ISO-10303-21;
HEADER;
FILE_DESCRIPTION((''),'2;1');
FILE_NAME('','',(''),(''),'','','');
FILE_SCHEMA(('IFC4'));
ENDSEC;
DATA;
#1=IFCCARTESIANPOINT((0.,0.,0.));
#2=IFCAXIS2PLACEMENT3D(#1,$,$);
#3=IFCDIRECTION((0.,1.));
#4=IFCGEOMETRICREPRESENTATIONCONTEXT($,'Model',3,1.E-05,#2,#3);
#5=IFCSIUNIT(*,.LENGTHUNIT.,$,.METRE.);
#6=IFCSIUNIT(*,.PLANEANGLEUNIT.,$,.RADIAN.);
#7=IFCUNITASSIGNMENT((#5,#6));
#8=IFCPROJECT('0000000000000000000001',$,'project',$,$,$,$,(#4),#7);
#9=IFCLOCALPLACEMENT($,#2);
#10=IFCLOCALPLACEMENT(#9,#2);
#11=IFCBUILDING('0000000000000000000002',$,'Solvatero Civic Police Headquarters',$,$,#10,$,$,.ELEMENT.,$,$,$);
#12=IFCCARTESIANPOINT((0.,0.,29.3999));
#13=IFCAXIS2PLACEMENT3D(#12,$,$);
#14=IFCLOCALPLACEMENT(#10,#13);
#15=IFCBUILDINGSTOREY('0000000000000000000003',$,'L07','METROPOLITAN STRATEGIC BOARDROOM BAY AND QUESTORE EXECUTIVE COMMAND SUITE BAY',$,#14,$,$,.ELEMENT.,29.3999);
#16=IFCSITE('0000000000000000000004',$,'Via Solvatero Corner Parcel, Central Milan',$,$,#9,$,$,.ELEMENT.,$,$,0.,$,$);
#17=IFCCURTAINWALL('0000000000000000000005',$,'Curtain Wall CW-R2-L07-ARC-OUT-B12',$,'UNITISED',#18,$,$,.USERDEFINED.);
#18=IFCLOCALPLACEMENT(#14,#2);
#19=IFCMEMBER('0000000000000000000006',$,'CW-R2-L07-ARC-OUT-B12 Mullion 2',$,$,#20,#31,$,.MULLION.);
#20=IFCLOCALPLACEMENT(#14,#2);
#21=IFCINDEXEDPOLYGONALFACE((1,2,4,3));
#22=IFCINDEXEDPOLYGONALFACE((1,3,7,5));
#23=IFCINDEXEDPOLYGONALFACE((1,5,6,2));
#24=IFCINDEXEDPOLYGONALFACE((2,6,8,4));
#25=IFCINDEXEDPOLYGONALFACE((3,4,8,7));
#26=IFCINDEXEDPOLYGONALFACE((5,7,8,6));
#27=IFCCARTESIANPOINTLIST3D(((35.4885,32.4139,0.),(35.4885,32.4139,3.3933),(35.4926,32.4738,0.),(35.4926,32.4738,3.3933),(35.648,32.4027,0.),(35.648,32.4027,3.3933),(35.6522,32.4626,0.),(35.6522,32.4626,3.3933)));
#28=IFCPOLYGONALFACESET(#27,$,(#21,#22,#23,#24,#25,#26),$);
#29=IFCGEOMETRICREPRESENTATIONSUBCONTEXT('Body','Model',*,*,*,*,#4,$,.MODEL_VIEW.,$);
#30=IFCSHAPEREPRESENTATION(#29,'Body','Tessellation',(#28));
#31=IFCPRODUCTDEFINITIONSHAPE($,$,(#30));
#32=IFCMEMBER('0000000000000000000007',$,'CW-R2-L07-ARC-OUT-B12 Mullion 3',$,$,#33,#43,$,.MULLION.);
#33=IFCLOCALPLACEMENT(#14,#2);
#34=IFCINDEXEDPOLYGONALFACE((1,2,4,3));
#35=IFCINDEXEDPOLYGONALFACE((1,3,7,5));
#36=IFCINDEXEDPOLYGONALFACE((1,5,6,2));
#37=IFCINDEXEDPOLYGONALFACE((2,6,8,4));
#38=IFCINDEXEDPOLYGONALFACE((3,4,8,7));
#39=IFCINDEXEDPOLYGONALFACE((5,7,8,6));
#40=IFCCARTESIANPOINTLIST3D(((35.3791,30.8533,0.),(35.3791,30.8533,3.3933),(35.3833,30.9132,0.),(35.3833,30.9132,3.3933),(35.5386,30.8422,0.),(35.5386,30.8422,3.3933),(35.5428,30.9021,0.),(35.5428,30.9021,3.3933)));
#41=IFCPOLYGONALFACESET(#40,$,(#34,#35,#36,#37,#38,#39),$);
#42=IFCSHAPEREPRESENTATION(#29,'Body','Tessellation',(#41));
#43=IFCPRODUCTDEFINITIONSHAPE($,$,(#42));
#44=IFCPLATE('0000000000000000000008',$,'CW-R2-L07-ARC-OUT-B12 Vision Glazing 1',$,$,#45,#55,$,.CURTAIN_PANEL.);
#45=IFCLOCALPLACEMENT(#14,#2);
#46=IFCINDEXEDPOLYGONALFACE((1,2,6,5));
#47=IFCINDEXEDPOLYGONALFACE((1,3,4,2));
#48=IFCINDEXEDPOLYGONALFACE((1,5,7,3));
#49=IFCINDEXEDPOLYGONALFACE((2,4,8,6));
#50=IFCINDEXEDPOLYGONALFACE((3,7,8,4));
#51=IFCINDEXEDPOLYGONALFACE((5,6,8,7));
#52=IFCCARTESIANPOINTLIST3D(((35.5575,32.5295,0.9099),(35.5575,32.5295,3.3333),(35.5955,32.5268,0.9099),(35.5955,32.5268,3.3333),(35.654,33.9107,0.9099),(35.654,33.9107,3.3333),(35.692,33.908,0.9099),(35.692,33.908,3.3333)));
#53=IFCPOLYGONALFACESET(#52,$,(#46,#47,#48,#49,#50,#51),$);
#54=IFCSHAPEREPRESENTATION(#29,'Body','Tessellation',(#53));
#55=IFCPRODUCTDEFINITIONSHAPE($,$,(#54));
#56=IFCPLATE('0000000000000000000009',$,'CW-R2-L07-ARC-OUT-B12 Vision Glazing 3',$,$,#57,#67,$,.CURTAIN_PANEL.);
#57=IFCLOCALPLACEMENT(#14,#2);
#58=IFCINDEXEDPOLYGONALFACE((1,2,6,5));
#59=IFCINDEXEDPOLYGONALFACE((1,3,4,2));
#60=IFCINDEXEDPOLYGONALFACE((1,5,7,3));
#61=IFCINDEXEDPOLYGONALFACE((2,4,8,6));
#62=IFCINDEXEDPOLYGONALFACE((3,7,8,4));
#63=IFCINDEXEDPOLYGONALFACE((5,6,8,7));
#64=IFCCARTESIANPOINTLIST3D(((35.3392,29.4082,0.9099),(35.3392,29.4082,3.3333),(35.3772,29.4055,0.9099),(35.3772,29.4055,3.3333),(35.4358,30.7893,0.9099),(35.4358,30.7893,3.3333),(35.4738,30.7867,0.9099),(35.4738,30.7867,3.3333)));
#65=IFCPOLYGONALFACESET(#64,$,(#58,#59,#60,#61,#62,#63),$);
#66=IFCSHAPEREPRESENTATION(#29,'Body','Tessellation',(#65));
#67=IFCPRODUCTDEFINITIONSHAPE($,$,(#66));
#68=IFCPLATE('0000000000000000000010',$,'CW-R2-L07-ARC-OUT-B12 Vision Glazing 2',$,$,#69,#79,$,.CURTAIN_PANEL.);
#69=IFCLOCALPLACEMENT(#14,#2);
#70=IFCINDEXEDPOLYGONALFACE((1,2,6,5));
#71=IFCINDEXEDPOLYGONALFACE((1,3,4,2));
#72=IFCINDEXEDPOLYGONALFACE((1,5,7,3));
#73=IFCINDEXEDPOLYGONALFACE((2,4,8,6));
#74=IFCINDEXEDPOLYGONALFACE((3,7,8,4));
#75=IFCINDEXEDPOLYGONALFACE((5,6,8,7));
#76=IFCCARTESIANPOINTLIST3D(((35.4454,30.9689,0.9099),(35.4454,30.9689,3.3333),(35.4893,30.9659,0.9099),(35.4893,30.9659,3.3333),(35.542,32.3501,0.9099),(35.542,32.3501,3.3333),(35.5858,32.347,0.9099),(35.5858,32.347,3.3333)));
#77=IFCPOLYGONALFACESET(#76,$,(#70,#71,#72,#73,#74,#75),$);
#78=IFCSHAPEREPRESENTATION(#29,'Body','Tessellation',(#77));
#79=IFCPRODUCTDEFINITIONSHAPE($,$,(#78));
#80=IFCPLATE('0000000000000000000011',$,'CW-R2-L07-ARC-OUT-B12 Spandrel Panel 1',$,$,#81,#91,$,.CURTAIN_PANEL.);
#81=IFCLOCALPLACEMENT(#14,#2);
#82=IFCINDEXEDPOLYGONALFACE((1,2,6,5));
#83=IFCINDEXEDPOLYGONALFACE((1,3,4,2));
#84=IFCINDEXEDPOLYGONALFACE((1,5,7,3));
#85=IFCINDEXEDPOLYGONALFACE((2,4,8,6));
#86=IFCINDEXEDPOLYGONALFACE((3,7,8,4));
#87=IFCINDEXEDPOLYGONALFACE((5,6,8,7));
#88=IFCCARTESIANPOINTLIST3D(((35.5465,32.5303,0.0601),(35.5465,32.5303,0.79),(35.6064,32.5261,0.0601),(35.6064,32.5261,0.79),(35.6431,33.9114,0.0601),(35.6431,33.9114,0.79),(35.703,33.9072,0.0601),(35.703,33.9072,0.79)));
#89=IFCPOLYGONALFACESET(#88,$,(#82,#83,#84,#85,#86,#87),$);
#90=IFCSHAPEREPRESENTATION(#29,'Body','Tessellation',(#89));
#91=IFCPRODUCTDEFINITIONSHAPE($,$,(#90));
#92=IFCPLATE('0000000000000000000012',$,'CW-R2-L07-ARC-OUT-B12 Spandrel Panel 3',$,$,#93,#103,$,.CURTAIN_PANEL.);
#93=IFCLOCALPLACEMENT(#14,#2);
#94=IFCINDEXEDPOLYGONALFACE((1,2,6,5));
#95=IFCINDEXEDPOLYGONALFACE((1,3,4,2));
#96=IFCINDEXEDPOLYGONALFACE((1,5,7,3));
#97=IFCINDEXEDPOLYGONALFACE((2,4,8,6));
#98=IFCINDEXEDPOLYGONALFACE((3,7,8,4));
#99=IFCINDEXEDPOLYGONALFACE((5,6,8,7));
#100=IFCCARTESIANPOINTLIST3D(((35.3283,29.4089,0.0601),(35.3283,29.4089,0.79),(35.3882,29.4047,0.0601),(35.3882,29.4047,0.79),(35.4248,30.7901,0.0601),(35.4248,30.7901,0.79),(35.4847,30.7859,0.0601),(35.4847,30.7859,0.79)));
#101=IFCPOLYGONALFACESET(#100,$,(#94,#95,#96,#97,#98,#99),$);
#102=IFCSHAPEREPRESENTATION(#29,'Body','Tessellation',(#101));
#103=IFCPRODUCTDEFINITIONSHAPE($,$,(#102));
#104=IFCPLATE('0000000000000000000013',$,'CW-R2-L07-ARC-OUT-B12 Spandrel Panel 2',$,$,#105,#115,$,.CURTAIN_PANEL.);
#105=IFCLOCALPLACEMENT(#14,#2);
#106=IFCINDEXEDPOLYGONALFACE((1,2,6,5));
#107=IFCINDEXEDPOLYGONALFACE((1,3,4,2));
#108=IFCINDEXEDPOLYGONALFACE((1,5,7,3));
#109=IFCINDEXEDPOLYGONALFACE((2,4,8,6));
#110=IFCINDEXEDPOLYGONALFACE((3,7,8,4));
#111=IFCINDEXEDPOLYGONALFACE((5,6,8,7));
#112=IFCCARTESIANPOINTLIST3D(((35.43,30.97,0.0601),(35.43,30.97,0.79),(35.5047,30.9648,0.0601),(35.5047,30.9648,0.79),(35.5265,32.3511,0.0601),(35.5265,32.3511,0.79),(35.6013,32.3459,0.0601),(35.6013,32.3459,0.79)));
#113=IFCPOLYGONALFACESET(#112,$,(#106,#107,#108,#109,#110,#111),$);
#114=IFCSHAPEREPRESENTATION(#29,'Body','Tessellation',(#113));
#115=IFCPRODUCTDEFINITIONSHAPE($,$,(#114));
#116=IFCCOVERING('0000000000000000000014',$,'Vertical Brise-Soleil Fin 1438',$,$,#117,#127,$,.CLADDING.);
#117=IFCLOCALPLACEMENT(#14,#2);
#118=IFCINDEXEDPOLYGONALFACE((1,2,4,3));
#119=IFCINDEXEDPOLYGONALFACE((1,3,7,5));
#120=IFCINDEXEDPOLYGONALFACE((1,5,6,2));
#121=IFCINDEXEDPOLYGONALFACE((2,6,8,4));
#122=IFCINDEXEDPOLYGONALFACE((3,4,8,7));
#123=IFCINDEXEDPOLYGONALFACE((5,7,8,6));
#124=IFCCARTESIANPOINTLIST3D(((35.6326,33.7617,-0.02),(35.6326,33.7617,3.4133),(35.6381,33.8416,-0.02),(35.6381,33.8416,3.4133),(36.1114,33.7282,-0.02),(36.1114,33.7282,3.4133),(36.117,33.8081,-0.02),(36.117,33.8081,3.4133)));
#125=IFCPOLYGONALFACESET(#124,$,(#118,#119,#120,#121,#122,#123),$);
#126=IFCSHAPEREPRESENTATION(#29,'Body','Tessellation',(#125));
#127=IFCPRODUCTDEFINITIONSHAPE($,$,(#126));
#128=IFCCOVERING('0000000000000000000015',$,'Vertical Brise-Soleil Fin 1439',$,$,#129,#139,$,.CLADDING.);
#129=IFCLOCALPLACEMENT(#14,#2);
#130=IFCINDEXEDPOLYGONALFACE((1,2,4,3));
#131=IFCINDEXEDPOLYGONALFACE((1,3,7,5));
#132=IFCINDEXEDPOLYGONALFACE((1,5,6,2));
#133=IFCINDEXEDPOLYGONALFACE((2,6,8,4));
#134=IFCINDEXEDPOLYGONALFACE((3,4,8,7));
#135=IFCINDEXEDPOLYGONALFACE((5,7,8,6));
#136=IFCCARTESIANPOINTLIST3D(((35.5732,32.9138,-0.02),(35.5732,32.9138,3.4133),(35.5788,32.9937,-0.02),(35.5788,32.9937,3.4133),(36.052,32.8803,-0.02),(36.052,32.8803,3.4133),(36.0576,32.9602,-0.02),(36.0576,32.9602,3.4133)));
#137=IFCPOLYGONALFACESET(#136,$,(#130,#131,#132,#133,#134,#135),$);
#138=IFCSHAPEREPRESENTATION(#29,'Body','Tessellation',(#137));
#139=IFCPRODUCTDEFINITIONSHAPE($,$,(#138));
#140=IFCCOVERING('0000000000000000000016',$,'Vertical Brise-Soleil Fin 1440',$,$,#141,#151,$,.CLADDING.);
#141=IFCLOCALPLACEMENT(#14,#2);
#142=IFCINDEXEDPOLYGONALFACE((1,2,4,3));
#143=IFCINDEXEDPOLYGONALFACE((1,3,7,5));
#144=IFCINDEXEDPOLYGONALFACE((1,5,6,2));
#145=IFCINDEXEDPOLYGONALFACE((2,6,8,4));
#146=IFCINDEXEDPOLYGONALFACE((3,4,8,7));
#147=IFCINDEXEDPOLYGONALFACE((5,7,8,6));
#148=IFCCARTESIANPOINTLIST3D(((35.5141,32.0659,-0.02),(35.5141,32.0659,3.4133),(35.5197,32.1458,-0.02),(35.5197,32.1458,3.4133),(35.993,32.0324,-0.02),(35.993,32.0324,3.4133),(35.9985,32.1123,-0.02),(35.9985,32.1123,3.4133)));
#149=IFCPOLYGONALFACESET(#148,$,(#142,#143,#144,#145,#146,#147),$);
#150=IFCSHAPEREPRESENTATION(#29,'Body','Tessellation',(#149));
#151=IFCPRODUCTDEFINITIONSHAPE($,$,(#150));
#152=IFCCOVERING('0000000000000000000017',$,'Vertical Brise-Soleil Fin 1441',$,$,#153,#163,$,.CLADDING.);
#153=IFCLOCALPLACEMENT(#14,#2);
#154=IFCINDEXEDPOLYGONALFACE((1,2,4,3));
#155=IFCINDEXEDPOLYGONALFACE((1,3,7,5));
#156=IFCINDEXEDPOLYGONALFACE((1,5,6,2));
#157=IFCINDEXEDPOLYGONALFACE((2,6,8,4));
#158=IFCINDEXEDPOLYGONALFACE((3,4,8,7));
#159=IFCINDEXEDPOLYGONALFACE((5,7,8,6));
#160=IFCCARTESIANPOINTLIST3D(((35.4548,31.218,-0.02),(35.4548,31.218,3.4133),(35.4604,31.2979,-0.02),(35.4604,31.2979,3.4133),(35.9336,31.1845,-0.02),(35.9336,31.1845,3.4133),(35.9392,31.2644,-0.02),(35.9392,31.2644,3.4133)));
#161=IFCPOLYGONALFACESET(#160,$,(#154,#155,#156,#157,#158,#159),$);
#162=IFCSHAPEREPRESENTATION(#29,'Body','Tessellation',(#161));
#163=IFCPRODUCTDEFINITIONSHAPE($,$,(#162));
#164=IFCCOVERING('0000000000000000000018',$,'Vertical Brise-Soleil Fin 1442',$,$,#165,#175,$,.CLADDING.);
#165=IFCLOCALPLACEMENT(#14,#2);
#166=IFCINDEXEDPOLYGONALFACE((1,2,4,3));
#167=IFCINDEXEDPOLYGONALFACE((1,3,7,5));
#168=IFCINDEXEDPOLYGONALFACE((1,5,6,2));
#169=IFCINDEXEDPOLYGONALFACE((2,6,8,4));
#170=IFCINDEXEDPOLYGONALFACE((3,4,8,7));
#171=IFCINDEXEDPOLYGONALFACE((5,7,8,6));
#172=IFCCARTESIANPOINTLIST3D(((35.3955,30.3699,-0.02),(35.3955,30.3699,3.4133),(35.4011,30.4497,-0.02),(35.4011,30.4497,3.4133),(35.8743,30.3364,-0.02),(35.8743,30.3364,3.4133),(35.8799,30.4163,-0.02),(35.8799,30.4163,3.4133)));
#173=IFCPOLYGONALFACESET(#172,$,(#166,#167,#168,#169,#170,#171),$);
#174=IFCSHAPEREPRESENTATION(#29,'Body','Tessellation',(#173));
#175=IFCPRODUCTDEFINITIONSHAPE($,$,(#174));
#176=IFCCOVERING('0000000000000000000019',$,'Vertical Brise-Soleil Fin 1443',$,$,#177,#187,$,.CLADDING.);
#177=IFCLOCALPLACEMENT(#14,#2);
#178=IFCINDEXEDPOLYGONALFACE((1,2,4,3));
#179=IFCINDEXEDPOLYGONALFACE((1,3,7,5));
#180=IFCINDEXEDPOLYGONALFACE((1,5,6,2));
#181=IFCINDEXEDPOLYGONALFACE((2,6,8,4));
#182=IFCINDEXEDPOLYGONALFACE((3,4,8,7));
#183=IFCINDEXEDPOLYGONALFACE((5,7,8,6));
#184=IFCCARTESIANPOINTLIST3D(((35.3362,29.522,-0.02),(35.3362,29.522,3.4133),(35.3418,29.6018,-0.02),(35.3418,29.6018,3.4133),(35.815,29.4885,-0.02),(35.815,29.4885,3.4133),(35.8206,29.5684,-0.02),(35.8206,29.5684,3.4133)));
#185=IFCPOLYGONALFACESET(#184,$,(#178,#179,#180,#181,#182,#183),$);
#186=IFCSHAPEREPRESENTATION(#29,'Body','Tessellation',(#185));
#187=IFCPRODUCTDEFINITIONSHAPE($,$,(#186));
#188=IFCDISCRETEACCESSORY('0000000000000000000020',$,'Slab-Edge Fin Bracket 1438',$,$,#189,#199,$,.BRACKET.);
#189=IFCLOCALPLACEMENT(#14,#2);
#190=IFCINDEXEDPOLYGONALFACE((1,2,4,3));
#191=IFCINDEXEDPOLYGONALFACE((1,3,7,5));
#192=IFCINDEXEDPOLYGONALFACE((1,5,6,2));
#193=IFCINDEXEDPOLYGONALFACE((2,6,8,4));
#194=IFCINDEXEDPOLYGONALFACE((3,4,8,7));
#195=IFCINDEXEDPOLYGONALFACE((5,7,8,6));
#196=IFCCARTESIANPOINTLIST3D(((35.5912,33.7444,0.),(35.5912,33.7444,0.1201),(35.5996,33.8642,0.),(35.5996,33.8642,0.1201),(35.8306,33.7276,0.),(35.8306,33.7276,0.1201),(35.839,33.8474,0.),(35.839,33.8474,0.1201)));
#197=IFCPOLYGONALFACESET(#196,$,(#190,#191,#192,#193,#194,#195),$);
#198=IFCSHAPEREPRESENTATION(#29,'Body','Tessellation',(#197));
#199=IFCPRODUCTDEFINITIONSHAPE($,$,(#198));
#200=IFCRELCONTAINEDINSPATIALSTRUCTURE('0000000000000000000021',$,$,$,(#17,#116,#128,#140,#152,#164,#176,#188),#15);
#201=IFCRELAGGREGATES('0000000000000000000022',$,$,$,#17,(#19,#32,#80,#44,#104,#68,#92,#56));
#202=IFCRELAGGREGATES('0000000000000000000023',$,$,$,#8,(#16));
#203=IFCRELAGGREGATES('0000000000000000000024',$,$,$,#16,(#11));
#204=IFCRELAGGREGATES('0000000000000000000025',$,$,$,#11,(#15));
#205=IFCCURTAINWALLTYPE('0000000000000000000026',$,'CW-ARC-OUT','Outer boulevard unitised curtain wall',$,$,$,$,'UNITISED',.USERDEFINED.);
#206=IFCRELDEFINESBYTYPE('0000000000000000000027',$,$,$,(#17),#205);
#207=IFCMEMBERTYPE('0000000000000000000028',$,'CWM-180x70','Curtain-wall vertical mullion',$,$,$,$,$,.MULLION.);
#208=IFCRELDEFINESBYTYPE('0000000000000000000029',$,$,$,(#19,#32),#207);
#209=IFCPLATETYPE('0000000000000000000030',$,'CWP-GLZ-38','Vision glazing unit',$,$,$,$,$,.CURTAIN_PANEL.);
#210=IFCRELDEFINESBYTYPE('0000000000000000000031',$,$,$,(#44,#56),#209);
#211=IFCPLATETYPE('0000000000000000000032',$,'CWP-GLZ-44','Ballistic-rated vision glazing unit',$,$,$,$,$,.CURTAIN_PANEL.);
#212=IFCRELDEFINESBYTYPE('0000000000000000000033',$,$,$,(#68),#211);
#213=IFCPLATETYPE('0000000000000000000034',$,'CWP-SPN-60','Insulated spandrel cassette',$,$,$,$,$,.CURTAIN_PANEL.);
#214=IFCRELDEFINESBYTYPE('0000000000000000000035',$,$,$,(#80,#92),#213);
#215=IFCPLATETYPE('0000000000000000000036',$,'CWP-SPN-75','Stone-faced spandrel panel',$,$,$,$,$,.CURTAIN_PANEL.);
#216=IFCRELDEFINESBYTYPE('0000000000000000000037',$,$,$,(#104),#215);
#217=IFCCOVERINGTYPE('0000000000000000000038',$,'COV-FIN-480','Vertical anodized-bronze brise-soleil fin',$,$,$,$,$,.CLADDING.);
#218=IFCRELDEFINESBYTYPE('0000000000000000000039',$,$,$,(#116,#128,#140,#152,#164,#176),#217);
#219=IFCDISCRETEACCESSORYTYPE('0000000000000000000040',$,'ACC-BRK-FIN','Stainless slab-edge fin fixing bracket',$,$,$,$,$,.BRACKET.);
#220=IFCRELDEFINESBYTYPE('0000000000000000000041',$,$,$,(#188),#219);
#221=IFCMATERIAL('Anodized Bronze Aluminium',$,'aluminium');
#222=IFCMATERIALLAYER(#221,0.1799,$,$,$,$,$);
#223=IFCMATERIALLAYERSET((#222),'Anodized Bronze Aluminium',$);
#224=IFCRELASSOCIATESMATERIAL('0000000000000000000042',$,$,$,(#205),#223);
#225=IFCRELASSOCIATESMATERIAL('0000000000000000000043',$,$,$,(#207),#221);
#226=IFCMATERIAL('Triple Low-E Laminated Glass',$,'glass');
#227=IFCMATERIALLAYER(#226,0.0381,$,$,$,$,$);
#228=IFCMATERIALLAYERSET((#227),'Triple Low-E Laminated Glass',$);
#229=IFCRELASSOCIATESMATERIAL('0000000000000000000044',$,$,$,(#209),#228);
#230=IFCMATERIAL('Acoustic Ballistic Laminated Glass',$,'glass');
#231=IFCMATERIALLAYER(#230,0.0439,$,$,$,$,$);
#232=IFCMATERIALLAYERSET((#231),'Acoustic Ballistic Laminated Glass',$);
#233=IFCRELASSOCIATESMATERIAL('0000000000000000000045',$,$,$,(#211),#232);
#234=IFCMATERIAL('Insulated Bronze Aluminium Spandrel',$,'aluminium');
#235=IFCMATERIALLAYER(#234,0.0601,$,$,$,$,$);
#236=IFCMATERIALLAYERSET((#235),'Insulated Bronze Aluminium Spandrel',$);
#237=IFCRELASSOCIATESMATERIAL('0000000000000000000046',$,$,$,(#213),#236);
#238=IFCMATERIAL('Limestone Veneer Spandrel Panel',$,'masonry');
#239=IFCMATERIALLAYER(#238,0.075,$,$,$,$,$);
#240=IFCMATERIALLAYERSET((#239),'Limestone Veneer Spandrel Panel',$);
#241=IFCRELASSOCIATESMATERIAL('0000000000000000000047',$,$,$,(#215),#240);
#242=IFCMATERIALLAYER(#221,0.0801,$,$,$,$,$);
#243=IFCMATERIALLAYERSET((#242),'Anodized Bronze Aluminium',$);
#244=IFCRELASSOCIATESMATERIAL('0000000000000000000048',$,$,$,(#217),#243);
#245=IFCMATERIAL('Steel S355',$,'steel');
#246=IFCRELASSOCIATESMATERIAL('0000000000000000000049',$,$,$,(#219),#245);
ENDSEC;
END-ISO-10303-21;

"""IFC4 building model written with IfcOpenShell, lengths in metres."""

from ifc_helpers import new_model, si_unit, direction, frame, origin, origin_2d, place, context, subcontext, project, spatial, rectangle, extrude, material, layer, layer_set, material_profile, profile_set, type_object, element, aggregate, save


model = new_model("IFC4")

# Units and contexts
model_context = context("Model", 3, precision=1e-05, world=origin(), true_north=direction((0.0, 1.0)))
body_context = subcontext(model_context, "Body", "Model", "MODEL_VIEW")
ifc_project = project(units=[si_unit("LENGTHUNIT", "METRE"), si_unit("PLANEANGLEUNIT", "RADIAN")], contexts=[model_context])

# Site, building, storey
site_placement = place(None, origin())
site = spatial("IfcSite", under=ifc_project, at=site_placement, Name="Via Solvatero Corner Parcel, Central Milan", CompositionType="ELEMENT", RefElevation=0.0)
building_placement = place(site_placement, origin())
building = spatial("IfcBuilding", under=site, at=building_placement, Name="Solvatero Civic Police Headquarters", CompositionType="ELEMENT")
storey_placement = place(building_placement, frame((0.0, 0.0, 29.3999)))
storey = spatial("IfcBuildingStorey", under=building, at=storey_placement, Name="L07", Description="METROPOLITAN STRATEGIC BOARDROOM BAY AND QUESTORE EXECUTIVE COMMAND SUITE BAY", CompositionType="ELEMENT", Elevation=29.3999)

# Curtain wall, members, plates
ifc_material_1 = material(Name="Anodized Bronze Aluminium", Category="aluminium")
ifc_layer_1 = layer(ifc_material_1, 0.1799)
ifc_layer_set_1 = layer_set([ifc_layer_1], Name="Anodized Bronze Aluminium")
curtain_wall_type = type_object("IfcCurtainWallType", Name="CW-ARC-OUT", Description="Outer boulevard unitised curtain wall", ElementType="UNITISED", PredefinedType="USERDEFINED", material=ifc_layer_set_1)
curtain_wall_placement = place(storey_placement, origin())
curtain_wall = element("IfcCurtainWall", 1, at=curtain_wall_placement, inside=storey, type_object=curtain_wall_type, Name="Curtain Wall CW-R2-L07-ARC-OUT-B12", ObjectType="UNITISED", PredefinedType="USERDEFINED")
ifc_material_profile = material_profile(ifc_material_1, rectangle(XDim=0.0601, YDim=0.1599, at=origin_2d()), Name="ALU MULLION 60x160")
ifc_profile_set = profile_set([ifc_material_profile], Name="Anodized Bronze Aluminium")
member_type = type_object("IfcMemberType", Name="CWM-180x70", Description="Curtain-wall vertical mullion", PredefinedType="MULLION", material=ifc_profile_set)
member_1_placement = place(storey_placement, frame((35.5703, 32.4382, 0.0), z_axis=(0.0, 0.0, 1.0), x_axis=(-0.069739, -0.997565, 0.0)))
member_1 = element("IfcMember", 2, at=member_1_placement, type_object=member_type, Name="CW-R2-L07-ARC-OUT-B12 Mullion 2", PredefinedType="MULLION", context=body_context, shape_type="SweptSolid", body=[
    extrude(rectangle(XDim=0.0601, YDim=0.1599, at=origin_2d()), origin(), (0.0, 0.0, 1.0), 3.3933),
])
member_2_placement = place(storey_placement, frame((35.4609, 30.8777, 0.0), z_axis=(0.0, 0.0, 1.0), x_axis=(-0.069739, -0.997565, 0.0)))
member_2 = element("IfcMember", 3, at=member_2_placement, type_object=member_type, Name="CW-R2-L07-ARC-OUT-B12 Mullion 3", PredefinedType="MULLION", context=body_context, shape_type="SweptSolid", body=[
    extrude(rectangle(XDim=0.0601, YDim=0.1599, at=origin_2d()), origin(), (0.0, 0.0, 1.0), 3.3933),
])
ifc_material_2 = material(Name="Triple Low-E Laminated Glass", Category="glass")
ifc_layer_2 = layer(ifc_material_2, 0.0381)
ifc_layer_set_2 = layer_set([ifc_layer_2], Name="Triple Low-E Laminated Glass")
plate_type_1 = type_object("IfcPlateType", Name="CWP-GLZ-38", Description="Vision glazing unit", PredefinedType="CURTAIN_PANEL", material=ifc_layer_set_2)
plate_1_placement = place(storey_placement, frame((35.6248, 33.2188, 0.9099), z_axis=(0.0, 0.0, 1.0), x_axis=(-0.069739, -0.997565, 0.0)))
plate_1 = element("IfcPlate", 4, at=plate_1_placement, type_object=plate_type_1, Name="CW-R2-L07-ARC-OUT-B12 Vision Glazing 1", PredefinedType="CURTAIN_PANEL", context=body_context, shape_type="SweptSolid", body=[
    extrude(rectangle(XDim=1.3845, YDim=0.0381, at=origin_2d()), origin(), (0.0, 0.0, 1.0), 2.4233),
])
plate_2_placement = place(storey_placement, frame((35.4065, 30.0974, 0.9099), z_axis=(0.0, 0.0, 1.0), x_axis=(-0.069739, -0.997565, 0.0)))
plate_2 = element("IfcPlate", 5, at=plate_2_placement, type_object=plate_type_1, Name="CW-R2-L07-ARC-OUT-B12 Vision Glazing 3", PredefinedType="CURTAIN_PANEL", context=body_context, shape_type="SweptSolid", body=[
    extrude(rectangle(XDim=1.3845, YDim=0.0381, at=origin_2d()), origin(), (0.0, 0.0, 1.0), 2.4233),
])
ifc_material_3 = material(Name="Acoustic Ballistic Laminated Glass", Category="glass")
ifc_layer_3 = layer(ifc_material_3, 0.0439)
ifc_layer_set_3 = layer_set([ifc_layer_3], Name="Acoustic Ballistic Laminated Glass")
plate_type_2 = type_object("IfcPlateType", Name="CWP-GLZ-44", Description="Ballistic-rated vision glazing unit", PredefinedType="CURTAIN_PANEL", material=ifc_layer_set_3)
plate_3_placement = place(storey_placement, frame((35.5156, 31.658, 0.9099), z_axis=(0.0, 0.0, 1.0), x_axis=(-0.069739, -0.997565, 0.0)))
plate_3 = element("IfcPlate", 6, at=plate_3_placement, type_object=plate_type_2, Name="CW-R2-L07-ARC-OUT-B12 Vision Glazing 2", PredefinedType="CURTAIN_PANEL", context=body_context, shape_type="SweptSolid", body=[
    extrude(rectangle(XDim=1.3845, YDim=0.0439, at=origin_2d()), origin(), (0.0, 0.0, 1.0), 2.4233),
])
ifc_material_4 = material(Name="Insulated Bronze Aluminium Spandrel", Category="aluminium")
ifc_layer_4 = layer(ifc_material_4, 0.0601)
ifc_layer_set_4 = layer_set([ifc_layer_4], Name="Insulated Bronze Aluminium Spandrel")
plate_type_3 = type_object("IfcPlateType", Name="CWP-SPN-60", Description="Insulated spandrel cassette", PredefinedType="CURTAIN_PANEL", material=ifc_layer_set_4)
plate_4_placement = place(storey_placement, frame((35.6248, 33.2188, 0.0601), z_axis=(0.0, 0.0, 1.0), x_axis=(-0.069739, -0.997565, 0.0)))
plate_4 = element("IfcPlate", 7, at=plate_4_placement, type_object=plate_type_3, Name="CW-R2-L07-ARC-OUT-B12 Spandrel Panel 1", PredefinedType="CURTAIN_PANEL", context=body_context, shape_type="SweptSolid", body=[
    extrude(rectangle(XDim=1.3845, YDim=0.0601, at=origin_2d()), origin(), (0.0, 0.0, 1.0), 0.73),
])
plate_5_placement = place(storey_placement, frame((35.4065, 30.0974, 0.0601), z_axis=(0.0, 0.0, 1.0), x_axis=(-0.069739, -0.997565, 0.0)))
plate_5 = element("IfcPlate", 8, at=plate_5_placement, type_object=plate_type_3, Name="CW-R2-L07-ARC-OUT-B12 Spandrel Panel 3", PredefinedType="CURTAIN_PANEL", context=body_context, shape_type="SweptSolid", body=[
    extrude(rectangle(XDim=1.3845, YDim=0.0601, at=origin_2d()), origin(), (0.0, 0.0, 1.0), 0.73),
])
ifc_material_5 = material(Name="Limestone Veneer Spandrel Panel", Category="masonry")
ifc_layer_5 = layer(ifc_material_5, 0.075)
ifc_layer_set_5 = layer_set([ifc_layer_5], Name="Limestone Veneer Spandrel Panel")
plate_type_4 = type_object("IfcPlateType", Name="CWP-SPN-75", Description="Stone-faced spandrel panel", PredefinedType="CURTAIN_PANEL", material=ifc_layer_set_5)
plate_6_placement = place(storey_placement, frame((35.5156, 31.658, 0.0601), z_axis=(0.0, 0.0, 1.0), x_axis=(-0.069739, -0.997565, 0.0)))
plate_6 = element("IfcPlate", 9, at=plate_6_placement, type_object=plate_type_4, Name="CW-R2-L07-ARC-OUT-B12 Spandrel Panel 2", PredefinedType="CURTAIN_PANEL", context=body_context, shape_type="SweptSolid", body=[
    extrude(rectangle(XDim=1.3845, YDim=0.075, at=origin_2d()), origin(), (0.0, 0.0, 1.0), 0.73),
])
aggregate(curtain_wall, [member_1, member_2, plate_4, plate_1, plate_6, plate_3, plate_5, plate_2])

# Coverings
ifc_layer_6 = layer(ifc_material_1, 0.0801)
ifc_layer_set_6 = layer_set([ifc_layer_6], Name="Anodized Bronze Aluminium")
covering_type = type_object("IfcCoveringType", Name="COV-FIN-480", Description="Vertical anodized-bronze brise-soleil fin", PredefinedType="CLADDING", material=ifc_layer_set_6)
for number, where, z_axis, x_axis, name in (
    (10, (35.8748, 33.7849, -0.02), (0.0, 0.0, 1.0), (-0.069739, -0.997565, 0.0), "Vertical Brise-Soleil Fin 1438"),
    (11, (35.8154, 32.937, -0.02), (0.0, 0.0, 1.0), (-0.069739, -0.997565, 0.0), "Vertical Brise-Soleil Fin 1439"),
    (12, (35.7563, 32.0891, -0.02), (0.0, 0.0, 1.0), (-0.069739, -0.997565, 0.0), "Vertical Brise-Soleil Fin 1440"),
    (13, (35.697, 31.2412, -0.02), (0.0, 0.0, 1.0), (-0.069739, -0.997565, 0.0), "Vertical Brise-Soleil Fin 1441"),
    (14, (35.6377, 30.3931, -0.02), (0.0, 0.0, 1.0), (-0.069739, -0.997565, 0.0), "Vertical Brise-Soleil Fin 1442"),
    (15, (35.5784, 29.5452, -0.02), (0.0, 0.0, 1.0), (-0.069739, -0.997565, 0.0), "Vertical Brise-Soleil Fin 1443"),
):
    element("IfcCovering", number, at=place(storey_placement, frame(where, z_axis=z_axis, x_axis=x_axis)), inside=storey, type_object=covering_type, Name=name, PredefinedType="CLADDING", context=body_context, shape_type="SweptSolid", body=[
        extrude(rectangle(XDim=0.0801, YDim=0.48, at=origin_2d()), origin(), (0.0, 0.0, 1.0), 3.4333),
    ])

# Discrete accessory
ifc_material_6 = material(Name="Steel S355", Category="steel")
discrete_accessory_type = type_object("IfcDiscreteAccessoryType", Name="ACC-BRK-FIN", Description="Stainless slab-edge fin fixing bracket", PredefinedType="BRACKET", material=ifc_material_6)
for number, where, z_axis, x_axis, name in (
    (16, (35.7151, 33.7959, 0.0), (0.0, 0.0, 1.0), (-0.069739, -0.997565, 0.0), "Slab-Edge Fin Bracket 1438"),
):
    element("IfcDiscreteAccessory", number, at=place(storey_placement, frame(where, z_axis=z_axis, x_axis=x_axis)), inside=storey, type_object=discrete_accessory_type, Name=name, PredefinedType="BRACKET", context=body_context, shape_type="SweptSolid", body=[
        extrude(rectangle(XDim=0.1201, YDim=0.24, at=origin_2d()), origin(), (0.0, 0.0, 1.0), 0.1201),
    ])

save(model, "model.ifc")
